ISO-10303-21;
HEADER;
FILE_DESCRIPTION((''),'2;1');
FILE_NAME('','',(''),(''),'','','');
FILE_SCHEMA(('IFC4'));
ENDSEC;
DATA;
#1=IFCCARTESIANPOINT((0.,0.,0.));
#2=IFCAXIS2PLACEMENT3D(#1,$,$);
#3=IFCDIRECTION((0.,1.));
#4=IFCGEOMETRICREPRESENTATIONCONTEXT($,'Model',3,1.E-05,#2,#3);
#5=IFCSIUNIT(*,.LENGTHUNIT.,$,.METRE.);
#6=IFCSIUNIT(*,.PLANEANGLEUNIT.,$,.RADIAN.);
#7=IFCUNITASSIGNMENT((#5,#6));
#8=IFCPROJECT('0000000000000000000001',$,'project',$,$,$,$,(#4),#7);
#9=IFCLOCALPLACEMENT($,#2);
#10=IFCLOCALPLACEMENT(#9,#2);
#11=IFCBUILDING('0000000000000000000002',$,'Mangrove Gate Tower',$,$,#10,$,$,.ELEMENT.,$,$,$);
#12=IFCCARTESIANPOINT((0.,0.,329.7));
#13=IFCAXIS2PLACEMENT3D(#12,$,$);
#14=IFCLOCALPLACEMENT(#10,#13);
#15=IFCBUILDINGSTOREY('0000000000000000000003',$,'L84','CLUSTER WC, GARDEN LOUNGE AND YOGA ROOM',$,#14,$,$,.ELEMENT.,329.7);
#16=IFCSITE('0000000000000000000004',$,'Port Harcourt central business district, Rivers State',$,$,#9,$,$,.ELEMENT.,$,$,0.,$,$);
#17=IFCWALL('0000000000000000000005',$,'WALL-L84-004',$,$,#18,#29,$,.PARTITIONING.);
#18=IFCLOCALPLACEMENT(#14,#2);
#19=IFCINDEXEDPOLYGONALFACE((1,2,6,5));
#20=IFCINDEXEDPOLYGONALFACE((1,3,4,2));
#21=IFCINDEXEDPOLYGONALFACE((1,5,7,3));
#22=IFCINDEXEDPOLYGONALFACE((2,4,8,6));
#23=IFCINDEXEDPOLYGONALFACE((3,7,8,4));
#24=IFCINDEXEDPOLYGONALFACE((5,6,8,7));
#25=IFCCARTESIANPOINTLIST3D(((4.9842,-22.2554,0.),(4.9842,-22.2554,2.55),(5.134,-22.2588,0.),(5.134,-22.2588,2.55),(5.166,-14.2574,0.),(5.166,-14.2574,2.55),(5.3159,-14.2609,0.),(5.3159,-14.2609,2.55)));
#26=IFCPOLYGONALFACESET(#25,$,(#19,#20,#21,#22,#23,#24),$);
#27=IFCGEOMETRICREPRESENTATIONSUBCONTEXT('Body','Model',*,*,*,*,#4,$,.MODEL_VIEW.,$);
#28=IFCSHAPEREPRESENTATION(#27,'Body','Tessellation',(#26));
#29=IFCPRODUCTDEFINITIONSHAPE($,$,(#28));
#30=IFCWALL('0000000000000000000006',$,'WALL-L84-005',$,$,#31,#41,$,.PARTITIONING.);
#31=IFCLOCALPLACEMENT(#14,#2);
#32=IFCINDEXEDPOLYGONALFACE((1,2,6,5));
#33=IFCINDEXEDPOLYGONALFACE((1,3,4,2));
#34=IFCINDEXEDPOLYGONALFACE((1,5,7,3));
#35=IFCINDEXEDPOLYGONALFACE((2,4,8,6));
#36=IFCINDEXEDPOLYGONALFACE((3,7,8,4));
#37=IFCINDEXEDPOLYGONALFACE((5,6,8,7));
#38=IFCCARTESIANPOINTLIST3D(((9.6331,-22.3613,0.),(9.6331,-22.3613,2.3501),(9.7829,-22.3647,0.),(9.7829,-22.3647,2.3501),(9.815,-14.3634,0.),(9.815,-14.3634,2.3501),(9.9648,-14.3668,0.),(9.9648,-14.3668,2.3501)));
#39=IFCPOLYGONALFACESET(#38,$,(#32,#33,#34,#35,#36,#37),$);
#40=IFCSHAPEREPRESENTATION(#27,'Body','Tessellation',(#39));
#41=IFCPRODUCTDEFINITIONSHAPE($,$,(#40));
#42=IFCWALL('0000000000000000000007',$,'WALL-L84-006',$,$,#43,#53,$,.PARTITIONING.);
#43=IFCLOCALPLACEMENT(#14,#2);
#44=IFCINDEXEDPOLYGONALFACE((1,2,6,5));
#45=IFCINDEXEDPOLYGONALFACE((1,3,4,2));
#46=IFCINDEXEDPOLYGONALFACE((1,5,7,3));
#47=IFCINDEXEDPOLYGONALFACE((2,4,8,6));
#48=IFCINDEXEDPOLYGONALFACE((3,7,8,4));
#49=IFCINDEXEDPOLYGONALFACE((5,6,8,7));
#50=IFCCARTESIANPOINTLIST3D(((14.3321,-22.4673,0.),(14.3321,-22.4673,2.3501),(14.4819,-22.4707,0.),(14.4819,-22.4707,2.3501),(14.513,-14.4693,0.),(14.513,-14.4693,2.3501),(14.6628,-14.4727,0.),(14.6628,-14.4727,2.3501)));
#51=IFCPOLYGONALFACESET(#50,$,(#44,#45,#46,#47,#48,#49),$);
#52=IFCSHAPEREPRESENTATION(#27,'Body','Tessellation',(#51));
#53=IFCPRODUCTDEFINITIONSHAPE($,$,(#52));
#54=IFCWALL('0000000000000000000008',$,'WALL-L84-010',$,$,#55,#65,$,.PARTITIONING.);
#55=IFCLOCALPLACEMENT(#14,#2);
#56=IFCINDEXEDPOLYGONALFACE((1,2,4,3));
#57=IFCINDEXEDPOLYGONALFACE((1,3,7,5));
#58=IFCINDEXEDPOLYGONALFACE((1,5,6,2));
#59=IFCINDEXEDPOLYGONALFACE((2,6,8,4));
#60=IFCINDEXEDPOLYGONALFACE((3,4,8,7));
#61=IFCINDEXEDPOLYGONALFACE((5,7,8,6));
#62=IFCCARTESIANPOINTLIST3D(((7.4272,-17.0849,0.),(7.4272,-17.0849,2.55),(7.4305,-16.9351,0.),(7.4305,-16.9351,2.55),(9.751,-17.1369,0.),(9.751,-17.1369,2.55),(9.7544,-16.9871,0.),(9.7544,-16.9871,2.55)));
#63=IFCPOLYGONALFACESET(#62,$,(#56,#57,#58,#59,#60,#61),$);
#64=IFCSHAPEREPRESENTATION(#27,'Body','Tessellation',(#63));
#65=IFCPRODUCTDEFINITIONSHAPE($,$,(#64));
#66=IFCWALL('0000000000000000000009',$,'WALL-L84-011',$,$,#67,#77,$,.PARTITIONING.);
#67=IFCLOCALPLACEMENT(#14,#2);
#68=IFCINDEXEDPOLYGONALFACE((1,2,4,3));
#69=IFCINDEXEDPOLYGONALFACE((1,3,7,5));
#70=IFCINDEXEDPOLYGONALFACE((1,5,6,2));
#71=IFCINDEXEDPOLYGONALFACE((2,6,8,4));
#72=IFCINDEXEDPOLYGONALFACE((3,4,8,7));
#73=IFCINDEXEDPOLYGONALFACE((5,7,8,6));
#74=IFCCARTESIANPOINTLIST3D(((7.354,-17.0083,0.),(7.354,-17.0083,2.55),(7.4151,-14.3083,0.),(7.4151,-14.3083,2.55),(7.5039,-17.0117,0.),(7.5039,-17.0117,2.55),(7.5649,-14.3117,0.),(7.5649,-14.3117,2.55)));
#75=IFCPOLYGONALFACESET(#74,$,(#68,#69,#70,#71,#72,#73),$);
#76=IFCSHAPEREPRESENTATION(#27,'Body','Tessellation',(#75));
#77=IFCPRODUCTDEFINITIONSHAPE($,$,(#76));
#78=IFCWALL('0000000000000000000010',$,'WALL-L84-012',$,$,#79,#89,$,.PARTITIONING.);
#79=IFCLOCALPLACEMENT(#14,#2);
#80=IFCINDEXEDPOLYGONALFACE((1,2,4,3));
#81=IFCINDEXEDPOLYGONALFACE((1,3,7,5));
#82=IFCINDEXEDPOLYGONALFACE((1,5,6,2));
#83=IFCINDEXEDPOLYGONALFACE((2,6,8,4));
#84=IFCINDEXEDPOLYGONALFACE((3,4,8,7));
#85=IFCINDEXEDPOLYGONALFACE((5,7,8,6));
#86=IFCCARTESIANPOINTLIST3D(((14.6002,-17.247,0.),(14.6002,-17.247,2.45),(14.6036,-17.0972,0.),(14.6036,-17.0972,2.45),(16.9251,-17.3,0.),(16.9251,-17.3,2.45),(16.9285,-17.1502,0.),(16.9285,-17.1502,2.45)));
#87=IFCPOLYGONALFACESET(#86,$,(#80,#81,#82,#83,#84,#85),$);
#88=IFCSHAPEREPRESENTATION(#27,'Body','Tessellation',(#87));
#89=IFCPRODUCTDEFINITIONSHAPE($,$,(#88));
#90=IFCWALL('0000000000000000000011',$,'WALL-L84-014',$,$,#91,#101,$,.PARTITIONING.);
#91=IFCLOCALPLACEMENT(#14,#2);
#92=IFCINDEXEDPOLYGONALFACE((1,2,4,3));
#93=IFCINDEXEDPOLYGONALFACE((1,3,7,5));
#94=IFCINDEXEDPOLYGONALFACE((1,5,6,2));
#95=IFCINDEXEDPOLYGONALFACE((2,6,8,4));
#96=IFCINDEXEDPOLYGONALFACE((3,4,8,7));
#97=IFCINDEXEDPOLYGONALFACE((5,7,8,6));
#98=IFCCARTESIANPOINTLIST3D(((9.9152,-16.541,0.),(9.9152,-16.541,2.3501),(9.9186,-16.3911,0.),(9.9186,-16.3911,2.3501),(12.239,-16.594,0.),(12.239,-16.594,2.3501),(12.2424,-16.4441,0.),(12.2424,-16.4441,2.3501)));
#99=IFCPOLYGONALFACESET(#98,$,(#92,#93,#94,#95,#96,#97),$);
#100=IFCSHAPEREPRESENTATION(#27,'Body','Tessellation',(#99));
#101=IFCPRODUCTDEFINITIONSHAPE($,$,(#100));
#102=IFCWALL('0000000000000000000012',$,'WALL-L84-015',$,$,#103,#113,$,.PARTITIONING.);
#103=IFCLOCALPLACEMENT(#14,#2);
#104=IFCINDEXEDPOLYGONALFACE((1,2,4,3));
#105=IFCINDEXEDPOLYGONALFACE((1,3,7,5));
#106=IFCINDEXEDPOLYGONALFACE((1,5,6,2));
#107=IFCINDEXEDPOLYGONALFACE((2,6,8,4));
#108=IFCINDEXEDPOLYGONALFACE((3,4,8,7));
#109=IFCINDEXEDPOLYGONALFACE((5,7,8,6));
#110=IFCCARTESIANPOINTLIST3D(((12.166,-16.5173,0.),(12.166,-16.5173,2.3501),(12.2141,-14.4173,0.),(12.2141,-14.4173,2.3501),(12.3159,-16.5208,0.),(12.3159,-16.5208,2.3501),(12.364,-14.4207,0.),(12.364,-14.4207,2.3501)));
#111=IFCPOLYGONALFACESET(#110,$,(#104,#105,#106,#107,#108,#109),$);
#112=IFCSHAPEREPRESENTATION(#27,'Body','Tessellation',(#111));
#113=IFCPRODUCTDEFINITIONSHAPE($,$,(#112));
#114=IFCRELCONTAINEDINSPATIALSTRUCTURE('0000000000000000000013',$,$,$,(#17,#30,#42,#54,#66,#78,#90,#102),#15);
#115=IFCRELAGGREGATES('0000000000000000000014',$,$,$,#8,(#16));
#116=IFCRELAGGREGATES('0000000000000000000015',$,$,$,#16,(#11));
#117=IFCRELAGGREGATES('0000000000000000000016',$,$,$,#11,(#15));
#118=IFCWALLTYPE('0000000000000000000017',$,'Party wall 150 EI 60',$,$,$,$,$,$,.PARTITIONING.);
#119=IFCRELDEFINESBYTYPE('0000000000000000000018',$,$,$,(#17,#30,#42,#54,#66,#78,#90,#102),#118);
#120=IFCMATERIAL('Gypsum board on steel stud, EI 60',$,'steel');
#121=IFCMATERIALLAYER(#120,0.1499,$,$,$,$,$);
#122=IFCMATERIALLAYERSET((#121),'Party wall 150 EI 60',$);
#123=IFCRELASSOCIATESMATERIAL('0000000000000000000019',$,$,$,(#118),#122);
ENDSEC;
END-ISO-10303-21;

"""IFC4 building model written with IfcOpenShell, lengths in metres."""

from ifc_helpers import new_model, si_unit, direction, frame, frame_2d, origin, place, context, subcontext, project, spatial, rectangle, extrude, material, layer, layer_set, type_object, element, save


model = new_model("IFC4")

# Units and contexts
model_context = context("Model", 3, precision=1e-05, world=origin(), true_north=direction((0.0, 1.0)))
body_context = subcontext(model_context, "Body", "Model", "MODEL_VIEW")
ifc_project = project(units=[si_unit("LENGTHUNIT", "METRE"), si_unit("PLANEANGLEUNIT", "RADIAN")], contexts=[model_context])

# Site, building, storey
site_placement = place(None, origin())
site = spatial("IfcSite", under=ifc_project, at=site_placement, Name="Port Harcourt central business district, Rivers State", CompositionType="ELEMENT", RefElevation=0.0)
building_placement = place(site_placement, origin())
building = spatial("IfcBuilding", under=site, at=building_placement, Name="Mangrove Gate Tower", CompositionType="ELEMENT")
storey_placement = place(building_placement, frame((0.0, 0.0, 329.7)))
storey = spatial("IfcBuildingStorey", under=building, at=storey_placement, Name="L84", Description="CLUSTER WC, GARDEN LOUNGE AND YOGA ROOM", CompositionType="ELEMENT", Elevation=329.7)

# Walls
ifc_material_1 = material(Name="Gypsum board on steel stud, EI 60", Category="steel")
ifc_layer_1 = layer(ifc_material_1, 0.1499)
ifc_layer_set_1 = layer_set([ifc_layer_1], Name="Party wall 150 EI 60")
wall_type_1 = type_object("IfcWallType", Name="Party wall 150 EI 60", PredefinedType="PARTITIONING", material=ifc_layer_set_1)
wall_1_placement = place(storey_placement, frame((5.0591, -22.2571, 0.0), z_axis=(0.0, 0.0, 1.0), x_axis=(0.022735, 0.999742, 0.0)))
element("IfcWall", 1, at=wall_1_placement, inside=storey, type_object=wall_type_1, Name="WALL-L84-004", PredefinedType="PARTITIONING", context=body_context, shape_type="SweptSolid", body=[
    extrude(rectangle(XDim=8.0, YDim=0.1499, at=frame_2d((4.0, 0.0))), origin(), (0.0, 0.0, 1.0), 2.55),
])
for number, where, z_axis, x_axis, name in (
    (2, (9.708, -22.363, 0.0), (0.0, 0.0, 1.0), (0.022735, 0.999742, 0.0), "WALL-L84-005"),
    (3, (14.407, -22.469, 0.0), (0.0, 0.0, 1.0), (0.022613, 0.999744, 0.0), "WALL-L84-006"),
):
    element("IfcWall", number, at=place(storey_placement, frame(where, z_axis=z_axis, x_axis=x_axis)), inside=storey, type_object=wall_type_1, Name=name, PredefinedType="PARTITIONING", context=body_context, shape_type="SweptSolid", body=[
        extrude(rectangle(XDim=8.0, YDim=0.1499, at=frame_2d((4.0, 0.0))), origin(), (0.0, 0.0, 1.0), 2.3501),
    ])
wall_2_placement = place(storey_placement, frame((7.429, -17.01, 0.0), z_axis=(0.0, 0.0, 1.0), x_axis=(0.99975, -0.022371, 0.0)))
element("IfcWall", 4, at=wall_2_placement, inside=storey, type_object=wall_type_1, Name="WALL-L84-010", PredefinedType="PARTITIONING", context=body_context, shape_type="SweptSolid", body=[
    extrude(rectangle(XDim=2.3245, YDim=0.1499, at=frame_2d((1.1621, 0.0))), origin(), (0.0, 0.0, 1.0), 2.55),
])
wall_3_placement = place(storey_placement, frame((7.429, -17.01, 0.0), z_axis=(0.0, 0.0, 1.0), x_axis=(0.0226, 0.999745, 0.0)))
element("IfcWall", 5, at=wall_3_placement, inside=storey, type_object=wall_type_1, Name="WALL-L84-011", PredefinedType="PARTITIONING", context=body_context, shape_type="SweptSolid", body=[
    extrude(rectangle(XDim=2.7007, YDim=0.1499, at=frame_2d((1.3503, 0.0))), origin(), (0.0, 0.0, 1.0), 2.55),
])
wall_4_placement = place(storey_placement, frame((14.6021, -17.1721, 0.0), z_axis=(0.0, 0.0, 1.0), x_axis=(0.99974, -0.022781, 0.0)))
element("IfcWall", 6, at=wall_4_placement, inside=storey, type_object=wall_type_1, Name="WALL-L84-012", PredefinedType="PARTITIONING", context=body_context, shape_type="SweptSolid", body=[
    extrude(rectangle(XDim=2.3254, YDim=0.1499, at=frame_2d((1.1626, 0.0))), origin(), (0.0, 0.0, 1.0), 2.45),
])
wall_5_placement = place(storey_placement, frame((9.917, -16.4661, 0.0), z_axis=(0.0, 0.0, 1.0), x_axis=(0.99974, -0.022791, 0.0)))
element("IfcWall", 7, at=wall_5_placement, inside=storey, type_object=wall_type_1, Name="WALL-L84-014", PredefinedType="PARTITIONING", context=body_context, shape_type="SweptSolid", body=[
    extrude(rectangle(XDim=2.3245, YDim=0.1499, at=frame_2d((1.1621, 0.0))), origin(), (0.0, 0.0, 1.0), 2.3501),
])
wall_6_placement = place(storey_placement, frame((12.241, -16.519, 0.0), z_axis=(0.0, 0.0, 1.0), x_axis=(0.022896, 0.999738, 0.0)))
element("IfcWall", 8, at=wall_6_placement, inside=storey, type_object=wall_type_1, Name="WALL-L84-015", PredefinedType="PARTITIONING", context=body_context, shape_type="SweptSolid", body=[
    extrude(rectangle(XDim=2.1006, YDim=0.1499, at=frame_2d((1.0503, 0.0))), origin(), (0.0, 0.0, 1.0), 2.3501),
])

save(model, "model.ifc")
